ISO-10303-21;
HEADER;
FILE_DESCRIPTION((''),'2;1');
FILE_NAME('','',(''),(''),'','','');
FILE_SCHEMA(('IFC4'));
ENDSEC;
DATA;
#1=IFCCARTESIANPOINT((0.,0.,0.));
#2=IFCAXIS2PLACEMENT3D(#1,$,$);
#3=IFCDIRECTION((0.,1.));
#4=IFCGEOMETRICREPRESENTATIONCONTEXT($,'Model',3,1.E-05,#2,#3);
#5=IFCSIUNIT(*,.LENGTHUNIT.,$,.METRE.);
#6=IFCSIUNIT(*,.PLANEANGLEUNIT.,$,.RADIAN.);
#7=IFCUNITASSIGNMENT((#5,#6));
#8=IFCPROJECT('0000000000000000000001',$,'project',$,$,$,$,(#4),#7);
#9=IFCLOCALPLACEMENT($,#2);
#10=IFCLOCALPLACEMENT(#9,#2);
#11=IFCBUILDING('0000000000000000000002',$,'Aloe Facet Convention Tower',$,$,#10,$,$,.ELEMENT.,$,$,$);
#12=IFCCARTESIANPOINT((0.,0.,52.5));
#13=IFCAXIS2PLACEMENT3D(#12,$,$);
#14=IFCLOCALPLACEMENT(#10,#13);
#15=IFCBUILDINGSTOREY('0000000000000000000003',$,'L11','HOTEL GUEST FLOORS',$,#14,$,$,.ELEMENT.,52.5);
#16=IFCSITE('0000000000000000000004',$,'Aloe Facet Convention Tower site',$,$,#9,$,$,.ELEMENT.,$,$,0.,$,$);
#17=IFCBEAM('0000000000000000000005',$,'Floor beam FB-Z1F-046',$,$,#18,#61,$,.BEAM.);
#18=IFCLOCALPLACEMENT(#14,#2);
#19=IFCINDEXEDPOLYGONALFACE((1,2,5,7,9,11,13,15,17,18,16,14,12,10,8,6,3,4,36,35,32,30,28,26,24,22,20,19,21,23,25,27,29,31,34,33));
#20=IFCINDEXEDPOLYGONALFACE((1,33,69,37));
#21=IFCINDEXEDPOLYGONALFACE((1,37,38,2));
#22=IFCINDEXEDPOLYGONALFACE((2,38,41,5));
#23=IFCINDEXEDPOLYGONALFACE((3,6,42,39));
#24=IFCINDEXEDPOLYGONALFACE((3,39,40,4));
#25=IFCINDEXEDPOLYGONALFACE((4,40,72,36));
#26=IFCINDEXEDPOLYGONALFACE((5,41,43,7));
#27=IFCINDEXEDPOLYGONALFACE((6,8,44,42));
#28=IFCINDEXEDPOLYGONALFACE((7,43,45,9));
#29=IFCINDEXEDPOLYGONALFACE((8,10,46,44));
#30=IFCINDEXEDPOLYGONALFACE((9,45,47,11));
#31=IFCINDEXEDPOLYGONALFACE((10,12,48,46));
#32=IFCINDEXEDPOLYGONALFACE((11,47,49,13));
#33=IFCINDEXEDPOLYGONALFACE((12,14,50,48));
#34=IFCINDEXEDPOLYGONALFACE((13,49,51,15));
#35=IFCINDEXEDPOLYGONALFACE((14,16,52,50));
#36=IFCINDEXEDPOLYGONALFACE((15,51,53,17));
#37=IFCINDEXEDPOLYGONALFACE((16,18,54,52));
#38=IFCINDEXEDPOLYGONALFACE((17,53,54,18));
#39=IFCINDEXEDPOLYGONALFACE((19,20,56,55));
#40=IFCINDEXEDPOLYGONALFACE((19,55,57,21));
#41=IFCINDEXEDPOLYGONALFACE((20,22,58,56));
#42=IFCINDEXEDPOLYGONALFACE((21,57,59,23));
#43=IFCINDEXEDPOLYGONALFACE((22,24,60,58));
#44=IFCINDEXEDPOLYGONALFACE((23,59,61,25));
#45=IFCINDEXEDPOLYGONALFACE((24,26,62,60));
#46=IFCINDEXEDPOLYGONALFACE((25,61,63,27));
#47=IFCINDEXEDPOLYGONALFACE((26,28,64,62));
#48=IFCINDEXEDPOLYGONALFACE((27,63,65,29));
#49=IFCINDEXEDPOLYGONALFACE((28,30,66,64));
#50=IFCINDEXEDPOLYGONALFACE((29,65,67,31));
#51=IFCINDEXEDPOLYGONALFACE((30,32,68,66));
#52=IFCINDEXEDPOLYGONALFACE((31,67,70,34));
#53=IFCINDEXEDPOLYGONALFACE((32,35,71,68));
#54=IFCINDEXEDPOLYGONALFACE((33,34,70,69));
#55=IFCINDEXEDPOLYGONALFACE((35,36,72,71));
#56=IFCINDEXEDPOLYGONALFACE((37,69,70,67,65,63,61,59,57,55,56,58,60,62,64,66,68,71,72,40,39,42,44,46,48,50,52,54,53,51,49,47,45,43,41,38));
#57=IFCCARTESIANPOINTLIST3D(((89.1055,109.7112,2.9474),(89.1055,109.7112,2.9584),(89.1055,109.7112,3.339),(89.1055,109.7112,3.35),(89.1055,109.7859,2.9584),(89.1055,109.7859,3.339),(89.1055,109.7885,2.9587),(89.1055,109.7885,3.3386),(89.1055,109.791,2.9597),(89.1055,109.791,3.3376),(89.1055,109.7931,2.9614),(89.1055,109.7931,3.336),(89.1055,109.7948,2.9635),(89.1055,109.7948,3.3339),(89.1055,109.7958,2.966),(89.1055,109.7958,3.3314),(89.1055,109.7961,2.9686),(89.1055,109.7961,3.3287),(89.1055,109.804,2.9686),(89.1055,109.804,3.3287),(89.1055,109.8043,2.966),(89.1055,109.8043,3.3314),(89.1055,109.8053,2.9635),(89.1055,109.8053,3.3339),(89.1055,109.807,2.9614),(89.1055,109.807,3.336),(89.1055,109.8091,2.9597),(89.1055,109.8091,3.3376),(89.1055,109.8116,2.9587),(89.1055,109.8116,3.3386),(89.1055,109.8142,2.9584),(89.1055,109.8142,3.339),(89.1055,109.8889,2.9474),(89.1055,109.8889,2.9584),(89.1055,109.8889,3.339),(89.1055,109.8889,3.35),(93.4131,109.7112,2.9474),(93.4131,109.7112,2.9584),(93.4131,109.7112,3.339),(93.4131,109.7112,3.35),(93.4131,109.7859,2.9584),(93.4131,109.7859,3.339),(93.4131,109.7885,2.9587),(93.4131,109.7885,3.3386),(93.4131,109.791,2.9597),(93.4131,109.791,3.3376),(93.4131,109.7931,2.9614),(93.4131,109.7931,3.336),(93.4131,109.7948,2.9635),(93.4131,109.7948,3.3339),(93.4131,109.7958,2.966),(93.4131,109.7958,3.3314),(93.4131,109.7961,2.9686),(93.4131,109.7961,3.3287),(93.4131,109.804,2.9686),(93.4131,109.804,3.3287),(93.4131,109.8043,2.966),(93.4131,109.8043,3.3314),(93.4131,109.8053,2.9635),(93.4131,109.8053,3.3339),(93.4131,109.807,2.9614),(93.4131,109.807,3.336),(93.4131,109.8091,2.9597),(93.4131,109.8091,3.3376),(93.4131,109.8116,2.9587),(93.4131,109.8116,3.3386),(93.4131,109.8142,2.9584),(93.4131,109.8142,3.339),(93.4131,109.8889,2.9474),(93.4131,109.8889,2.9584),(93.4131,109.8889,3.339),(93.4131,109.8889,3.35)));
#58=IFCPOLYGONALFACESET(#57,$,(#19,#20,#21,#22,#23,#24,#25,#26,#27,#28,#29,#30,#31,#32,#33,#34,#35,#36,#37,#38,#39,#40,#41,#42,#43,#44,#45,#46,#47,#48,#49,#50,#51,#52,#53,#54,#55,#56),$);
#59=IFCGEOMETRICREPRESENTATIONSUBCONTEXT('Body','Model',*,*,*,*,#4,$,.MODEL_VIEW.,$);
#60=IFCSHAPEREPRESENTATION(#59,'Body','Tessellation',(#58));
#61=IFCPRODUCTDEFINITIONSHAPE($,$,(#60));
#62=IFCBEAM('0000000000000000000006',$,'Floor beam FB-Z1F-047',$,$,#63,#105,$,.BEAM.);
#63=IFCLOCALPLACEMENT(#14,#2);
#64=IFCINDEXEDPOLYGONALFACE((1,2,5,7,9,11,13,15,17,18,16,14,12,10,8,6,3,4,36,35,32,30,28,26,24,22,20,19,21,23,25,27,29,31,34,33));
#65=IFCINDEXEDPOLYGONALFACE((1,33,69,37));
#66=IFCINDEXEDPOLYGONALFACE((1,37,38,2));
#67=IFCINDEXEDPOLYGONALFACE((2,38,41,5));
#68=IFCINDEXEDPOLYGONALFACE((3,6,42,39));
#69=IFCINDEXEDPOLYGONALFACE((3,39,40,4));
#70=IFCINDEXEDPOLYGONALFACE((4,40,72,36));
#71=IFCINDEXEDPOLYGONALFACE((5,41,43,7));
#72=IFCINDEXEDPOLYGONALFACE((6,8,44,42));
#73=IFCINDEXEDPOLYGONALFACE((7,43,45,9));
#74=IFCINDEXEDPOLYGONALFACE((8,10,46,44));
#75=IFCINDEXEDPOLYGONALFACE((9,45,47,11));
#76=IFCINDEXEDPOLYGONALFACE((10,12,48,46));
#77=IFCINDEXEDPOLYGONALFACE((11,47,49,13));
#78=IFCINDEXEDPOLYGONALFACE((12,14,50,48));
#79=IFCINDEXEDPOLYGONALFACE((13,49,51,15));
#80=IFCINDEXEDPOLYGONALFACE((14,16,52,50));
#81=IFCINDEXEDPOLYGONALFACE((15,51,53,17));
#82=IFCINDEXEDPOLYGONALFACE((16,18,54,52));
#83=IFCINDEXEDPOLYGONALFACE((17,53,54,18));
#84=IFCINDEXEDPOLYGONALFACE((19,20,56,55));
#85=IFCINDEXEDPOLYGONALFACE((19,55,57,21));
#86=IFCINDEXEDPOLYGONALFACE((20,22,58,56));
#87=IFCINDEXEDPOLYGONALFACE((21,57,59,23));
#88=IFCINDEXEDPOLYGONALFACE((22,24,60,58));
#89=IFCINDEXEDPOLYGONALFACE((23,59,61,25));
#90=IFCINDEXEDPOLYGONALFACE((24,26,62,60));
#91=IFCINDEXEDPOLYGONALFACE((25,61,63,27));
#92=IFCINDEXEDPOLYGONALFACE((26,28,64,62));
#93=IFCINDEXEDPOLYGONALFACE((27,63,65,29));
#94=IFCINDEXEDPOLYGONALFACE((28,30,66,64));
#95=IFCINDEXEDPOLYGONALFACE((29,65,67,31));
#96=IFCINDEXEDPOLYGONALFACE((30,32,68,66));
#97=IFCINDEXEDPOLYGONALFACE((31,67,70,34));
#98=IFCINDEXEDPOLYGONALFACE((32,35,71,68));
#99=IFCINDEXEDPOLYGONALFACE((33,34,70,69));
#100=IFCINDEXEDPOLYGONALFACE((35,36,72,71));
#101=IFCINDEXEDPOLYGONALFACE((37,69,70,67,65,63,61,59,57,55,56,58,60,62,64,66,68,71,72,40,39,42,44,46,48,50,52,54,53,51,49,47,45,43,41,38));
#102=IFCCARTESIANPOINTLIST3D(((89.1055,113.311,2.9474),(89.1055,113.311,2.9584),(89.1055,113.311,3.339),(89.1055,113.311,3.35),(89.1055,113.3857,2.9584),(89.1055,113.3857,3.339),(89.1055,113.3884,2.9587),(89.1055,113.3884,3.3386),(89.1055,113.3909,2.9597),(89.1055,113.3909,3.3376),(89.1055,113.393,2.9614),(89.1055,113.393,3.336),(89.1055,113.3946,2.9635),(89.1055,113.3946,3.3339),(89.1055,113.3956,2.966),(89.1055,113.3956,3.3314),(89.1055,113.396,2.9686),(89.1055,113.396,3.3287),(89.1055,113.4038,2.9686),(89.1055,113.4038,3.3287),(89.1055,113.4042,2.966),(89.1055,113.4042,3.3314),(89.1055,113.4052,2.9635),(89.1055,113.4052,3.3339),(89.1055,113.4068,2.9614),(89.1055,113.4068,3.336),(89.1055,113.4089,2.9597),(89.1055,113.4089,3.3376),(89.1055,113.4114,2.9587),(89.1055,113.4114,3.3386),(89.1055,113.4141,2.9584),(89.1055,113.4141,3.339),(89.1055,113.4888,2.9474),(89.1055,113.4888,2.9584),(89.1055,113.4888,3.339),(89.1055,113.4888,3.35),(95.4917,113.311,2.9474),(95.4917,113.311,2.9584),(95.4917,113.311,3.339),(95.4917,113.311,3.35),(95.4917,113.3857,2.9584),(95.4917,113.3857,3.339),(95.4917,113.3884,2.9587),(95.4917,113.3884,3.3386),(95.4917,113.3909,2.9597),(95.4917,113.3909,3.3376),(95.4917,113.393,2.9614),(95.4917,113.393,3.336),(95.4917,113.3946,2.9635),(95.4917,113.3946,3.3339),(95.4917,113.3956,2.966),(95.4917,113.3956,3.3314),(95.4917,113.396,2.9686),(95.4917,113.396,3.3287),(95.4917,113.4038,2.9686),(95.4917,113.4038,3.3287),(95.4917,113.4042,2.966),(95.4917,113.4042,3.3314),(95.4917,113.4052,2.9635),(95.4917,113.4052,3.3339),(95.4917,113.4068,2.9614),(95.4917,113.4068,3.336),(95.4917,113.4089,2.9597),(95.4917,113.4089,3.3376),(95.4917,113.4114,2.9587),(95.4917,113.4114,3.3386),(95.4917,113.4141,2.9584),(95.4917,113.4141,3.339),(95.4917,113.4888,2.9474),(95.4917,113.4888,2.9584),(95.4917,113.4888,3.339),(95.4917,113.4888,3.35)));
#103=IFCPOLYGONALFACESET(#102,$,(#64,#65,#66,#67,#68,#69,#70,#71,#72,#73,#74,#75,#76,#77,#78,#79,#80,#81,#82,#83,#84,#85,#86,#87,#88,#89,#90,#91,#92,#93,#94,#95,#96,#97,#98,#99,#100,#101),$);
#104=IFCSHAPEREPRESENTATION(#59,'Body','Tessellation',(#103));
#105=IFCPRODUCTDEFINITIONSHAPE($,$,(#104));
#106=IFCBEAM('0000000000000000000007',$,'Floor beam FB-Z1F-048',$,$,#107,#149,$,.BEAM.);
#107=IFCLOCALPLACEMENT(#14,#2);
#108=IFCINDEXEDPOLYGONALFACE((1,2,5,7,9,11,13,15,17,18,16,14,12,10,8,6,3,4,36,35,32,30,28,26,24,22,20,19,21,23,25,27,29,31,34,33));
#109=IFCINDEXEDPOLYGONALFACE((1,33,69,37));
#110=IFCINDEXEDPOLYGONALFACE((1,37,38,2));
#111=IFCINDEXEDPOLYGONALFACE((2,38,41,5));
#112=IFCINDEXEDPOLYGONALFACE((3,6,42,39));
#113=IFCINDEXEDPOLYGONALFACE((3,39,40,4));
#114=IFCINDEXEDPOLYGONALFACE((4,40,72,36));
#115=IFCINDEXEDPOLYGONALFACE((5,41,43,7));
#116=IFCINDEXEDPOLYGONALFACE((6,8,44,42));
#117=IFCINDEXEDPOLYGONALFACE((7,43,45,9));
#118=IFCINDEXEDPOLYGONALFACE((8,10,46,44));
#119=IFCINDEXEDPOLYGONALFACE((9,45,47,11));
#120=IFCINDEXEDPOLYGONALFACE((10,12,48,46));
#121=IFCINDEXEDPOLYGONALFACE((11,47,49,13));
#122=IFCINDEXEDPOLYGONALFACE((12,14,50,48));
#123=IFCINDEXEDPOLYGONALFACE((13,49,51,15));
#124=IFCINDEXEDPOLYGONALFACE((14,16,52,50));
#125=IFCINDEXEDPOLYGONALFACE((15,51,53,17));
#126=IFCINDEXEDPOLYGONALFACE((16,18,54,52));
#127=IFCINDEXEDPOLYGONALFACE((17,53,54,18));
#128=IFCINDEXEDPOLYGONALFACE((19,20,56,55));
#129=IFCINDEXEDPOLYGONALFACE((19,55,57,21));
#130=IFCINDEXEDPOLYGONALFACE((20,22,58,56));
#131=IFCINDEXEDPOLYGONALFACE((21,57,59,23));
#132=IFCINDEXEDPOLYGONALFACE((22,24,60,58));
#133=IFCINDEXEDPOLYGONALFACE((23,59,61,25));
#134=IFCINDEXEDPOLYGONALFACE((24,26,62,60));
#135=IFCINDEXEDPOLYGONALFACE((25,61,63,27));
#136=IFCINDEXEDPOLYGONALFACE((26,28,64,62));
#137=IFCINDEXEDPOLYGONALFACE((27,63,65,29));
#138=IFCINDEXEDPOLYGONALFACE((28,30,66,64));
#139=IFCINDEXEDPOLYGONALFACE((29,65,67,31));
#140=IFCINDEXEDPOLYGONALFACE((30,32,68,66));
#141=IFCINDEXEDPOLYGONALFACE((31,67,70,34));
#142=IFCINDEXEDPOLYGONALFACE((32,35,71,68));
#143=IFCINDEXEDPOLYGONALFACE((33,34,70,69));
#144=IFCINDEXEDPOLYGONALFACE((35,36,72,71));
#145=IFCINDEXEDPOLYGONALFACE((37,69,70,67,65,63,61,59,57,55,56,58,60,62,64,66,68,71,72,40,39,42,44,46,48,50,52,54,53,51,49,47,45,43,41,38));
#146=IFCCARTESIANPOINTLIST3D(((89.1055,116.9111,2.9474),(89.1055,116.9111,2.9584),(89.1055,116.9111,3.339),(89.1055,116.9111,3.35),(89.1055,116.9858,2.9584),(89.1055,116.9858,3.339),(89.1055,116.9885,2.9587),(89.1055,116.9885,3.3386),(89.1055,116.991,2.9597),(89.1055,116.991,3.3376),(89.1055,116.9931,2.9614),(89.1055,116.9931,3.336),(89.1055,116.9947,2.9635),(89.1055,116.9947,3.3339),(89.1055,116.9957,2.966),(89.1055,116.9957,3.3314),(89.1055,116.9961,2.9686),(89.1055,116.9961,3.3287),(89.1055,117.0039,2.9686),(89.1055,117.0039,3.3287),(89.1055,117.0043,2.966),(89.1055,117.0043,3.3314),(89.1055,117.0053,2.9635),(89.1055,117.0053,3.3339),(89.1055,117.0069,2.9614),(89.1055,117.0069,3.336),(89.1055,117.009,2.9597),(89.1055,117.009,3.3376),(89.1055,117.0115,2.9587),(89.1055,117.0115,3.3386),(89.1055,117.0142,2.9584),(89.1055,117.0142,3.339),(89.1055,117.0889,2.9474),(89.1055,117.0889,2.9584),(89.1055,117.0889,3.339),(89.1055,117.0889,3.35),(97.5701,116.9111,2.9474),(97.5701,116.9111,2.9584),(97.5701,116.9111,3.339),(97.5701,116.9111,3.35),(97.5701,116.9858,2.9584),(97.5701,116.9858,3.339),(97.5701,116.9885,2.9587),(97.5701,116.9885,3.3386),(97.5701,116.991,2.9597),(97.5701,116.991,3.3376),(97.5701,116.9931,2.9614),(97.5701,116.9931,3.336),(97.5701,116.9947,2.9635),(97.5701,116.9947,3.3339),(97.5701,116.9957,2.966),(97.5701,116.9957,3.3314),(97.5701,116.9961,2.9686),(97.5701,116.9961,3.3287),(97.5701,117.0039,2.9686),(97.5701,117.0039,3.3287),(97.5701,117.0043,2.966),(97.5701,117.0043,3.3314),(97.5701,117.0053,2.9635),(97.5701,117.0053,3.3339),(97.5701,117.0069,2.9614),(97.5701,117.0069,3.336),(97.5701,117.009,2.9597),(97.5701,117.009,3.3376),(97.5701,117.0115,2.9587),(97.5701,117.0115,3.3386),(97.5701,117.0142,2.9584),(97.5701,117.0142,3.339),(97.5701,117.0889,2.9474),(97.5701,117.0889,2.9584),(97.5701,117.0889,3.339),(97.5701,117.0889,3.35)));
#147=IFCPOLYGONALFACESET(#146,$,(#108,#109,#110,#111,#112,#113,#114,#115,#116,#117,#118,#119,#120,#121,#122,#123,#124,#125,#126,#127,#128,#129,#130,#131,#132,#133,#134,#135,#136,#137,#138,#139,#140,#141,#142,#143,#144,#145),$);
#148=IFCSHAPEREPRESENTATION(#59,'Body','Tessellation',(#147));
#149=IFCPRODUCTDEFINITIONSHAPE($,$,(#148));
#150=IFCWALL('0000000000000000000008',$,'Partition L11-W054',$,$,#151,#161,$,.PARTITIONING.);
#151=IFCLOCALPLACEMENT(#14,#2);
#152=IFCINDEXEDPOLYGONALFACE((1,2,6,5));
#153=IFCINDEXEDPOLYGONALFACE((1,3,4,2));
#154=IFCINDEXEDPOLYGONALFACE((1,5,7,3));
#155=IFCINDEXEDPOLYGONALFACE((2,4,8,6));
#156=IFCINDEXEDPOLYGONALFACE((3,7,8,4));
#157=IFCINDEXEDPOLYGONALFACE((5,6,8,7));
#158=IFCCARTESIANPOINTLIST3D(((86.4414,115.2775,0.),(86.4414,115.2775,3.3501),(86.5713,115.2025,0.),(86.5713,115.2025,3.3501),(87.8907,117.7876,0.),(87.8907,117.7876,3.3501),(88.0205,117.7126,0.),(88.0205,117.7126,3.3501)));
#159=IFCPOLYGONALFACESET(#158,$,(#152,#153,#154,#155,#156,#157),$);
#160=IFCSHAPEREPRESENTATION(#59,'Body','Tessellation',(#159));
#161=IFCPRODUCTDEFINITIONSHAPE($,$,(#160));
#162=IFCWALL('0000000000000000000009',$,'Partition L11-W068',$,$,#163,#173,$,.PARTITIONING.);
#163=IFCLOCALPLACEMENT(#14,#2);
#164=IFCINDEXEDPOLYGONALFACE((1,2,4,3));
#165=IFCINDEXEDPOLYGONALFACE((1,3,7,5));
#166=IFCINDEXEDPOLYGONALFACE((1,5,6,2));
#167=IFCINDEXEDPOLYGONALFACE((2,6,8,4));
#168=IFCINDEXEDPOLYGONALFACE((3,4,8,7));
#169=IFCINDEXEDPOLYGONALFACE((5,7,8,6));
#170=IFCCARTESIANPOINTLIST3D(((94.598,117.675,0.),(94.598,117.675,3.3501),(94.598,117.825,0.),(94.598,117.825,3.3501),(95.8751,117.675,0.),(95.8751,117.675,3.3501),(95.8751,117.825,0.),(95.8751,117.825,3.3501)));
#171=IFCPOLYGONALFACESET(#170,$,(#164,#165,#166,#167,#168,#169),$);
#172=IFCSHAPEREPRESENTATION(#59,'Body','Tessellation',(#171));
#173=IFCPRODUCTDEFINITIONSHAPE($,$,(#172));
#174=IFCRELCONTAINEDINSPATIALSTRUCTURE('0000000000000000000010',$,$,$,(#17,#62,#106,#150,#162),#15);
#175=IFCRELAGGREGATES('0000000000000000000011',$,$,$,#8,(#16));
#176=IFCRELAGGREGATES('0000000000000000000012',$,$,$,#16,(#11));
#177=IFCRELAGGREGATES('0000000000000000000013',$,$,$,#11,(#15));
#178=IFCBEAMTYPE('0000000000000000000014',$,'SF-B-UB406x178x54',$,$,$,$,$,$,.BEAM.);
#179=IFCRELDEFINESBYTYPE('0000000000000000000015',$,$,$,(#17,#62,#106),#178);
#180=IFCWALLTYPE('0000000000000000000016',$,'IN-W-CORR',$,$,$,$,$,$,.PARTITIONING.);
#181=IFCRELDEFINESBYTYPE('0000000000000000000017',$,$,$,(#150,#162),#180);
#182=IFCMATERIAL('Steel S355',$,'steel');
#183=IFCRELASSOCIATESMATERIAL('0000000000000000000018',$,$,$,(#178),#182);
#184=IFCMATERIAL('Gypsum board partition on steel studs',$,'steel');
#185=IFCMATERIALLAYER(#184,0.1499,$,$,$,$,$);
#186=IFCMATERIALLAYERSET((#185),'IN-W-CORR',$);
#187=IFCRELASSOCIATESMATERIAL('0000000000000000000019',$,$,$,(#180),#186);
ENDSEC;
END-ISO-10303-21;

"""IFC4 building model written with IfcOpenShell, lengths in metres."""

from ifc_helpers import new_model, si_unit, direction, frame, frame_2d, origin, origin_2d, place, context, subcontext, project, spatial, rectangle, i_section, extrude, material, layer, layer_set, material_profile, profile_set, type_object, element, save


model = new_model("IFC4")

# Units and contexts
model_context = context("Model", 3, precision=1e-05, world=origin(), true_north=direction((0.0, 1.0)))
body_context = subcontext(model_context, "Body", "Model", "MODEL_VIEW")
ifc_project = project(units=[si_unit("LENGTHUNIT", "METRE"), si_unit("PLANEANGLEUNIT", "RADIAN")], contexts=[model_context])

# Site, building, storey
site_placement = place(None, origin())
site = spatial("IfcSite", under=ifc_project, at=site_placement, Name="Aloe Facet Convention Tower site", CompositionType="ELEMENT", RefElevation=0.0)
building_placement = place(site_placement, origin())
building = spatial("IfcBuilding", under=site, at=building_placement, Name="Aloe Facet Convention Tower", CompositionType="ELEMENT")
storey_placement = place(building_placement, frame((0.0, 0.0, 52.5)))
storey = spatial("IfcBuildingStorey", under=building, at=storey_placement, Name="L11", Description="HOTEL GUEST FLOORS", CompositionType="ELEMENT", Elevation=52.5)

# Beams
ifc_material_1 = material(Name="Steel S355", Category="steel")
ifc_material_profile = material_profile(ifc_material_1, i_section(OverallWidth=0.1777, OverallDepth=0.4026, WebThickness=0.0078, FlangeThickness=0.011, FilletRadius=0.0103, at=origin_2d()), Name="UB 406x178x54")
ifc_profile_set = profile_set([ifc_material_profile], Name="Steel S355")
beam_type = type_object("IfcBeamType", Name="SF-B-UB406x178x54", PredefinedType="BEAM", material=ifc_profile_set)
beam_1_placement = place(storey_placement, frame((89.1055, 109.8, 3.1487), z_axis=(1.0, 0.0, 0.0), x_axis=(0.0, 1.0, 0.0)))
element("IfcBeam", 1, at=beam_1_placement, inside=storey, type_object=beam_type, Name="Floor beam FB-Z1F-046", PredefinedType="BEAM", context=body_context, shape_type="SweptSolid", body=[
    extrude(i_section(OverallWidth=0.1777, OverallDepth=0.4026, WebThickness=0.0078, FlangeThickness=0.011, FilletRadius=0.0103, at=origin_2d()), origin(), (0.0, 0.0, 1.0), 4.3076),
])
beam_2_placement = place(storey_placement, frame((89.1055, 113.3999, 3.1487), z_axis=(1.0, 0.0, 0.0), x_axis=(0.0, 1.0, 0.0)))
element("IfcBeam", 2, at=beam_2_placement, inside=storey, type_object=beam_type, Name="Floor beam FB-Z1F-047", PredefinedType="BEAM", context=body_context, shape_type="SweptSolid", body=[
    extrude(i_section(OverallWidth=0.1777, OverallDepth=0.4026, WebThickness=0.0078, FlangeThickness=0.011, FilletRadius=0.0103, at=origin_2d()), origin(), (0.0, 0.0, 1.0), 6.3862),
])
beam_3_placement = place(storey_placement, frame((89.1055, 117.0, 3.1487), z_axis=(1.0, 0.0, 0.0), x_axis=(0.0, 1.0, 0.0)))
element("IfcBeam", 3, at=beam_3_placement, inside=storey, type_object=beam_type, Name="Floor beam FB-Z1F-048", PredefinedType="BEAM", context=body_context, shape_type="SweptSolid", body=[
    extrude(i_section(OverallWidth=0.1777, OverallDepth=0.4026, WebThickness=0.0078, FlangeThickness=0.011, FilletRadius=0.0103, at=origin_2d()), origin(), (0.0, 0.0, 1.0), 8.4646),
])

# Walls
ifc_material_2 = material(Name="Gypsum board partition on steel studs", Category="steel")
ifc_layer_1 = layer(ifc_material_2, 0.1499)
ifc_layer_set_1 = layer_set([ifc_layer_1], Name="IN-W-CORR")
wall_type_1 = type_object("IfcWallType", Name="IN-W-CORR", PredefinedType="PARTITIONING", material=ifc_layer_set_1)
wall_1_placement = place(storey_placement, frame((86.5063, 115.24, 0.0), z_axis=(0.0, 0.0, 1.0), x_axis=(0.500017, 0.866016, 0.0)))
element("IfcWall", 4, at=wall_1_placement, inside=storey, type_object=wall_type_1, Name="Partition L11-W054", PredefinedType="PARTITIONING", context=body_context, shape_type="SweptSolid", body=[
    extrude(rectangle(XDim=2.8984, YDim=0.1499, at=frame_2d((1.4492, 0.0))), origin(), (0.0, 0.0, 1.0), 3.3501),
])
wall_2_placement = place(storey_placement, frame((94.5979, 117.75, 0.0), z_axis=(0.0, 0.0, 1.0), x_axis=(1.0, 0.0, 0.0)))
element("IfcWall", 5, at=wall_2_placement, inside=storey, type_object=wall_type_1, Name="Partition L11-W068", PredefinedType="PARTITIONING", context=body_context, shape_type="SweptSolid", body=[
    extrude(rectangle(XDim=1.2771, YDim=0.1499, at=frame_2d((0.6387, 0.0))), origin(), (0.0, 0.0, 1.0), 3.3501),
])

save(model, "model.ifc")
